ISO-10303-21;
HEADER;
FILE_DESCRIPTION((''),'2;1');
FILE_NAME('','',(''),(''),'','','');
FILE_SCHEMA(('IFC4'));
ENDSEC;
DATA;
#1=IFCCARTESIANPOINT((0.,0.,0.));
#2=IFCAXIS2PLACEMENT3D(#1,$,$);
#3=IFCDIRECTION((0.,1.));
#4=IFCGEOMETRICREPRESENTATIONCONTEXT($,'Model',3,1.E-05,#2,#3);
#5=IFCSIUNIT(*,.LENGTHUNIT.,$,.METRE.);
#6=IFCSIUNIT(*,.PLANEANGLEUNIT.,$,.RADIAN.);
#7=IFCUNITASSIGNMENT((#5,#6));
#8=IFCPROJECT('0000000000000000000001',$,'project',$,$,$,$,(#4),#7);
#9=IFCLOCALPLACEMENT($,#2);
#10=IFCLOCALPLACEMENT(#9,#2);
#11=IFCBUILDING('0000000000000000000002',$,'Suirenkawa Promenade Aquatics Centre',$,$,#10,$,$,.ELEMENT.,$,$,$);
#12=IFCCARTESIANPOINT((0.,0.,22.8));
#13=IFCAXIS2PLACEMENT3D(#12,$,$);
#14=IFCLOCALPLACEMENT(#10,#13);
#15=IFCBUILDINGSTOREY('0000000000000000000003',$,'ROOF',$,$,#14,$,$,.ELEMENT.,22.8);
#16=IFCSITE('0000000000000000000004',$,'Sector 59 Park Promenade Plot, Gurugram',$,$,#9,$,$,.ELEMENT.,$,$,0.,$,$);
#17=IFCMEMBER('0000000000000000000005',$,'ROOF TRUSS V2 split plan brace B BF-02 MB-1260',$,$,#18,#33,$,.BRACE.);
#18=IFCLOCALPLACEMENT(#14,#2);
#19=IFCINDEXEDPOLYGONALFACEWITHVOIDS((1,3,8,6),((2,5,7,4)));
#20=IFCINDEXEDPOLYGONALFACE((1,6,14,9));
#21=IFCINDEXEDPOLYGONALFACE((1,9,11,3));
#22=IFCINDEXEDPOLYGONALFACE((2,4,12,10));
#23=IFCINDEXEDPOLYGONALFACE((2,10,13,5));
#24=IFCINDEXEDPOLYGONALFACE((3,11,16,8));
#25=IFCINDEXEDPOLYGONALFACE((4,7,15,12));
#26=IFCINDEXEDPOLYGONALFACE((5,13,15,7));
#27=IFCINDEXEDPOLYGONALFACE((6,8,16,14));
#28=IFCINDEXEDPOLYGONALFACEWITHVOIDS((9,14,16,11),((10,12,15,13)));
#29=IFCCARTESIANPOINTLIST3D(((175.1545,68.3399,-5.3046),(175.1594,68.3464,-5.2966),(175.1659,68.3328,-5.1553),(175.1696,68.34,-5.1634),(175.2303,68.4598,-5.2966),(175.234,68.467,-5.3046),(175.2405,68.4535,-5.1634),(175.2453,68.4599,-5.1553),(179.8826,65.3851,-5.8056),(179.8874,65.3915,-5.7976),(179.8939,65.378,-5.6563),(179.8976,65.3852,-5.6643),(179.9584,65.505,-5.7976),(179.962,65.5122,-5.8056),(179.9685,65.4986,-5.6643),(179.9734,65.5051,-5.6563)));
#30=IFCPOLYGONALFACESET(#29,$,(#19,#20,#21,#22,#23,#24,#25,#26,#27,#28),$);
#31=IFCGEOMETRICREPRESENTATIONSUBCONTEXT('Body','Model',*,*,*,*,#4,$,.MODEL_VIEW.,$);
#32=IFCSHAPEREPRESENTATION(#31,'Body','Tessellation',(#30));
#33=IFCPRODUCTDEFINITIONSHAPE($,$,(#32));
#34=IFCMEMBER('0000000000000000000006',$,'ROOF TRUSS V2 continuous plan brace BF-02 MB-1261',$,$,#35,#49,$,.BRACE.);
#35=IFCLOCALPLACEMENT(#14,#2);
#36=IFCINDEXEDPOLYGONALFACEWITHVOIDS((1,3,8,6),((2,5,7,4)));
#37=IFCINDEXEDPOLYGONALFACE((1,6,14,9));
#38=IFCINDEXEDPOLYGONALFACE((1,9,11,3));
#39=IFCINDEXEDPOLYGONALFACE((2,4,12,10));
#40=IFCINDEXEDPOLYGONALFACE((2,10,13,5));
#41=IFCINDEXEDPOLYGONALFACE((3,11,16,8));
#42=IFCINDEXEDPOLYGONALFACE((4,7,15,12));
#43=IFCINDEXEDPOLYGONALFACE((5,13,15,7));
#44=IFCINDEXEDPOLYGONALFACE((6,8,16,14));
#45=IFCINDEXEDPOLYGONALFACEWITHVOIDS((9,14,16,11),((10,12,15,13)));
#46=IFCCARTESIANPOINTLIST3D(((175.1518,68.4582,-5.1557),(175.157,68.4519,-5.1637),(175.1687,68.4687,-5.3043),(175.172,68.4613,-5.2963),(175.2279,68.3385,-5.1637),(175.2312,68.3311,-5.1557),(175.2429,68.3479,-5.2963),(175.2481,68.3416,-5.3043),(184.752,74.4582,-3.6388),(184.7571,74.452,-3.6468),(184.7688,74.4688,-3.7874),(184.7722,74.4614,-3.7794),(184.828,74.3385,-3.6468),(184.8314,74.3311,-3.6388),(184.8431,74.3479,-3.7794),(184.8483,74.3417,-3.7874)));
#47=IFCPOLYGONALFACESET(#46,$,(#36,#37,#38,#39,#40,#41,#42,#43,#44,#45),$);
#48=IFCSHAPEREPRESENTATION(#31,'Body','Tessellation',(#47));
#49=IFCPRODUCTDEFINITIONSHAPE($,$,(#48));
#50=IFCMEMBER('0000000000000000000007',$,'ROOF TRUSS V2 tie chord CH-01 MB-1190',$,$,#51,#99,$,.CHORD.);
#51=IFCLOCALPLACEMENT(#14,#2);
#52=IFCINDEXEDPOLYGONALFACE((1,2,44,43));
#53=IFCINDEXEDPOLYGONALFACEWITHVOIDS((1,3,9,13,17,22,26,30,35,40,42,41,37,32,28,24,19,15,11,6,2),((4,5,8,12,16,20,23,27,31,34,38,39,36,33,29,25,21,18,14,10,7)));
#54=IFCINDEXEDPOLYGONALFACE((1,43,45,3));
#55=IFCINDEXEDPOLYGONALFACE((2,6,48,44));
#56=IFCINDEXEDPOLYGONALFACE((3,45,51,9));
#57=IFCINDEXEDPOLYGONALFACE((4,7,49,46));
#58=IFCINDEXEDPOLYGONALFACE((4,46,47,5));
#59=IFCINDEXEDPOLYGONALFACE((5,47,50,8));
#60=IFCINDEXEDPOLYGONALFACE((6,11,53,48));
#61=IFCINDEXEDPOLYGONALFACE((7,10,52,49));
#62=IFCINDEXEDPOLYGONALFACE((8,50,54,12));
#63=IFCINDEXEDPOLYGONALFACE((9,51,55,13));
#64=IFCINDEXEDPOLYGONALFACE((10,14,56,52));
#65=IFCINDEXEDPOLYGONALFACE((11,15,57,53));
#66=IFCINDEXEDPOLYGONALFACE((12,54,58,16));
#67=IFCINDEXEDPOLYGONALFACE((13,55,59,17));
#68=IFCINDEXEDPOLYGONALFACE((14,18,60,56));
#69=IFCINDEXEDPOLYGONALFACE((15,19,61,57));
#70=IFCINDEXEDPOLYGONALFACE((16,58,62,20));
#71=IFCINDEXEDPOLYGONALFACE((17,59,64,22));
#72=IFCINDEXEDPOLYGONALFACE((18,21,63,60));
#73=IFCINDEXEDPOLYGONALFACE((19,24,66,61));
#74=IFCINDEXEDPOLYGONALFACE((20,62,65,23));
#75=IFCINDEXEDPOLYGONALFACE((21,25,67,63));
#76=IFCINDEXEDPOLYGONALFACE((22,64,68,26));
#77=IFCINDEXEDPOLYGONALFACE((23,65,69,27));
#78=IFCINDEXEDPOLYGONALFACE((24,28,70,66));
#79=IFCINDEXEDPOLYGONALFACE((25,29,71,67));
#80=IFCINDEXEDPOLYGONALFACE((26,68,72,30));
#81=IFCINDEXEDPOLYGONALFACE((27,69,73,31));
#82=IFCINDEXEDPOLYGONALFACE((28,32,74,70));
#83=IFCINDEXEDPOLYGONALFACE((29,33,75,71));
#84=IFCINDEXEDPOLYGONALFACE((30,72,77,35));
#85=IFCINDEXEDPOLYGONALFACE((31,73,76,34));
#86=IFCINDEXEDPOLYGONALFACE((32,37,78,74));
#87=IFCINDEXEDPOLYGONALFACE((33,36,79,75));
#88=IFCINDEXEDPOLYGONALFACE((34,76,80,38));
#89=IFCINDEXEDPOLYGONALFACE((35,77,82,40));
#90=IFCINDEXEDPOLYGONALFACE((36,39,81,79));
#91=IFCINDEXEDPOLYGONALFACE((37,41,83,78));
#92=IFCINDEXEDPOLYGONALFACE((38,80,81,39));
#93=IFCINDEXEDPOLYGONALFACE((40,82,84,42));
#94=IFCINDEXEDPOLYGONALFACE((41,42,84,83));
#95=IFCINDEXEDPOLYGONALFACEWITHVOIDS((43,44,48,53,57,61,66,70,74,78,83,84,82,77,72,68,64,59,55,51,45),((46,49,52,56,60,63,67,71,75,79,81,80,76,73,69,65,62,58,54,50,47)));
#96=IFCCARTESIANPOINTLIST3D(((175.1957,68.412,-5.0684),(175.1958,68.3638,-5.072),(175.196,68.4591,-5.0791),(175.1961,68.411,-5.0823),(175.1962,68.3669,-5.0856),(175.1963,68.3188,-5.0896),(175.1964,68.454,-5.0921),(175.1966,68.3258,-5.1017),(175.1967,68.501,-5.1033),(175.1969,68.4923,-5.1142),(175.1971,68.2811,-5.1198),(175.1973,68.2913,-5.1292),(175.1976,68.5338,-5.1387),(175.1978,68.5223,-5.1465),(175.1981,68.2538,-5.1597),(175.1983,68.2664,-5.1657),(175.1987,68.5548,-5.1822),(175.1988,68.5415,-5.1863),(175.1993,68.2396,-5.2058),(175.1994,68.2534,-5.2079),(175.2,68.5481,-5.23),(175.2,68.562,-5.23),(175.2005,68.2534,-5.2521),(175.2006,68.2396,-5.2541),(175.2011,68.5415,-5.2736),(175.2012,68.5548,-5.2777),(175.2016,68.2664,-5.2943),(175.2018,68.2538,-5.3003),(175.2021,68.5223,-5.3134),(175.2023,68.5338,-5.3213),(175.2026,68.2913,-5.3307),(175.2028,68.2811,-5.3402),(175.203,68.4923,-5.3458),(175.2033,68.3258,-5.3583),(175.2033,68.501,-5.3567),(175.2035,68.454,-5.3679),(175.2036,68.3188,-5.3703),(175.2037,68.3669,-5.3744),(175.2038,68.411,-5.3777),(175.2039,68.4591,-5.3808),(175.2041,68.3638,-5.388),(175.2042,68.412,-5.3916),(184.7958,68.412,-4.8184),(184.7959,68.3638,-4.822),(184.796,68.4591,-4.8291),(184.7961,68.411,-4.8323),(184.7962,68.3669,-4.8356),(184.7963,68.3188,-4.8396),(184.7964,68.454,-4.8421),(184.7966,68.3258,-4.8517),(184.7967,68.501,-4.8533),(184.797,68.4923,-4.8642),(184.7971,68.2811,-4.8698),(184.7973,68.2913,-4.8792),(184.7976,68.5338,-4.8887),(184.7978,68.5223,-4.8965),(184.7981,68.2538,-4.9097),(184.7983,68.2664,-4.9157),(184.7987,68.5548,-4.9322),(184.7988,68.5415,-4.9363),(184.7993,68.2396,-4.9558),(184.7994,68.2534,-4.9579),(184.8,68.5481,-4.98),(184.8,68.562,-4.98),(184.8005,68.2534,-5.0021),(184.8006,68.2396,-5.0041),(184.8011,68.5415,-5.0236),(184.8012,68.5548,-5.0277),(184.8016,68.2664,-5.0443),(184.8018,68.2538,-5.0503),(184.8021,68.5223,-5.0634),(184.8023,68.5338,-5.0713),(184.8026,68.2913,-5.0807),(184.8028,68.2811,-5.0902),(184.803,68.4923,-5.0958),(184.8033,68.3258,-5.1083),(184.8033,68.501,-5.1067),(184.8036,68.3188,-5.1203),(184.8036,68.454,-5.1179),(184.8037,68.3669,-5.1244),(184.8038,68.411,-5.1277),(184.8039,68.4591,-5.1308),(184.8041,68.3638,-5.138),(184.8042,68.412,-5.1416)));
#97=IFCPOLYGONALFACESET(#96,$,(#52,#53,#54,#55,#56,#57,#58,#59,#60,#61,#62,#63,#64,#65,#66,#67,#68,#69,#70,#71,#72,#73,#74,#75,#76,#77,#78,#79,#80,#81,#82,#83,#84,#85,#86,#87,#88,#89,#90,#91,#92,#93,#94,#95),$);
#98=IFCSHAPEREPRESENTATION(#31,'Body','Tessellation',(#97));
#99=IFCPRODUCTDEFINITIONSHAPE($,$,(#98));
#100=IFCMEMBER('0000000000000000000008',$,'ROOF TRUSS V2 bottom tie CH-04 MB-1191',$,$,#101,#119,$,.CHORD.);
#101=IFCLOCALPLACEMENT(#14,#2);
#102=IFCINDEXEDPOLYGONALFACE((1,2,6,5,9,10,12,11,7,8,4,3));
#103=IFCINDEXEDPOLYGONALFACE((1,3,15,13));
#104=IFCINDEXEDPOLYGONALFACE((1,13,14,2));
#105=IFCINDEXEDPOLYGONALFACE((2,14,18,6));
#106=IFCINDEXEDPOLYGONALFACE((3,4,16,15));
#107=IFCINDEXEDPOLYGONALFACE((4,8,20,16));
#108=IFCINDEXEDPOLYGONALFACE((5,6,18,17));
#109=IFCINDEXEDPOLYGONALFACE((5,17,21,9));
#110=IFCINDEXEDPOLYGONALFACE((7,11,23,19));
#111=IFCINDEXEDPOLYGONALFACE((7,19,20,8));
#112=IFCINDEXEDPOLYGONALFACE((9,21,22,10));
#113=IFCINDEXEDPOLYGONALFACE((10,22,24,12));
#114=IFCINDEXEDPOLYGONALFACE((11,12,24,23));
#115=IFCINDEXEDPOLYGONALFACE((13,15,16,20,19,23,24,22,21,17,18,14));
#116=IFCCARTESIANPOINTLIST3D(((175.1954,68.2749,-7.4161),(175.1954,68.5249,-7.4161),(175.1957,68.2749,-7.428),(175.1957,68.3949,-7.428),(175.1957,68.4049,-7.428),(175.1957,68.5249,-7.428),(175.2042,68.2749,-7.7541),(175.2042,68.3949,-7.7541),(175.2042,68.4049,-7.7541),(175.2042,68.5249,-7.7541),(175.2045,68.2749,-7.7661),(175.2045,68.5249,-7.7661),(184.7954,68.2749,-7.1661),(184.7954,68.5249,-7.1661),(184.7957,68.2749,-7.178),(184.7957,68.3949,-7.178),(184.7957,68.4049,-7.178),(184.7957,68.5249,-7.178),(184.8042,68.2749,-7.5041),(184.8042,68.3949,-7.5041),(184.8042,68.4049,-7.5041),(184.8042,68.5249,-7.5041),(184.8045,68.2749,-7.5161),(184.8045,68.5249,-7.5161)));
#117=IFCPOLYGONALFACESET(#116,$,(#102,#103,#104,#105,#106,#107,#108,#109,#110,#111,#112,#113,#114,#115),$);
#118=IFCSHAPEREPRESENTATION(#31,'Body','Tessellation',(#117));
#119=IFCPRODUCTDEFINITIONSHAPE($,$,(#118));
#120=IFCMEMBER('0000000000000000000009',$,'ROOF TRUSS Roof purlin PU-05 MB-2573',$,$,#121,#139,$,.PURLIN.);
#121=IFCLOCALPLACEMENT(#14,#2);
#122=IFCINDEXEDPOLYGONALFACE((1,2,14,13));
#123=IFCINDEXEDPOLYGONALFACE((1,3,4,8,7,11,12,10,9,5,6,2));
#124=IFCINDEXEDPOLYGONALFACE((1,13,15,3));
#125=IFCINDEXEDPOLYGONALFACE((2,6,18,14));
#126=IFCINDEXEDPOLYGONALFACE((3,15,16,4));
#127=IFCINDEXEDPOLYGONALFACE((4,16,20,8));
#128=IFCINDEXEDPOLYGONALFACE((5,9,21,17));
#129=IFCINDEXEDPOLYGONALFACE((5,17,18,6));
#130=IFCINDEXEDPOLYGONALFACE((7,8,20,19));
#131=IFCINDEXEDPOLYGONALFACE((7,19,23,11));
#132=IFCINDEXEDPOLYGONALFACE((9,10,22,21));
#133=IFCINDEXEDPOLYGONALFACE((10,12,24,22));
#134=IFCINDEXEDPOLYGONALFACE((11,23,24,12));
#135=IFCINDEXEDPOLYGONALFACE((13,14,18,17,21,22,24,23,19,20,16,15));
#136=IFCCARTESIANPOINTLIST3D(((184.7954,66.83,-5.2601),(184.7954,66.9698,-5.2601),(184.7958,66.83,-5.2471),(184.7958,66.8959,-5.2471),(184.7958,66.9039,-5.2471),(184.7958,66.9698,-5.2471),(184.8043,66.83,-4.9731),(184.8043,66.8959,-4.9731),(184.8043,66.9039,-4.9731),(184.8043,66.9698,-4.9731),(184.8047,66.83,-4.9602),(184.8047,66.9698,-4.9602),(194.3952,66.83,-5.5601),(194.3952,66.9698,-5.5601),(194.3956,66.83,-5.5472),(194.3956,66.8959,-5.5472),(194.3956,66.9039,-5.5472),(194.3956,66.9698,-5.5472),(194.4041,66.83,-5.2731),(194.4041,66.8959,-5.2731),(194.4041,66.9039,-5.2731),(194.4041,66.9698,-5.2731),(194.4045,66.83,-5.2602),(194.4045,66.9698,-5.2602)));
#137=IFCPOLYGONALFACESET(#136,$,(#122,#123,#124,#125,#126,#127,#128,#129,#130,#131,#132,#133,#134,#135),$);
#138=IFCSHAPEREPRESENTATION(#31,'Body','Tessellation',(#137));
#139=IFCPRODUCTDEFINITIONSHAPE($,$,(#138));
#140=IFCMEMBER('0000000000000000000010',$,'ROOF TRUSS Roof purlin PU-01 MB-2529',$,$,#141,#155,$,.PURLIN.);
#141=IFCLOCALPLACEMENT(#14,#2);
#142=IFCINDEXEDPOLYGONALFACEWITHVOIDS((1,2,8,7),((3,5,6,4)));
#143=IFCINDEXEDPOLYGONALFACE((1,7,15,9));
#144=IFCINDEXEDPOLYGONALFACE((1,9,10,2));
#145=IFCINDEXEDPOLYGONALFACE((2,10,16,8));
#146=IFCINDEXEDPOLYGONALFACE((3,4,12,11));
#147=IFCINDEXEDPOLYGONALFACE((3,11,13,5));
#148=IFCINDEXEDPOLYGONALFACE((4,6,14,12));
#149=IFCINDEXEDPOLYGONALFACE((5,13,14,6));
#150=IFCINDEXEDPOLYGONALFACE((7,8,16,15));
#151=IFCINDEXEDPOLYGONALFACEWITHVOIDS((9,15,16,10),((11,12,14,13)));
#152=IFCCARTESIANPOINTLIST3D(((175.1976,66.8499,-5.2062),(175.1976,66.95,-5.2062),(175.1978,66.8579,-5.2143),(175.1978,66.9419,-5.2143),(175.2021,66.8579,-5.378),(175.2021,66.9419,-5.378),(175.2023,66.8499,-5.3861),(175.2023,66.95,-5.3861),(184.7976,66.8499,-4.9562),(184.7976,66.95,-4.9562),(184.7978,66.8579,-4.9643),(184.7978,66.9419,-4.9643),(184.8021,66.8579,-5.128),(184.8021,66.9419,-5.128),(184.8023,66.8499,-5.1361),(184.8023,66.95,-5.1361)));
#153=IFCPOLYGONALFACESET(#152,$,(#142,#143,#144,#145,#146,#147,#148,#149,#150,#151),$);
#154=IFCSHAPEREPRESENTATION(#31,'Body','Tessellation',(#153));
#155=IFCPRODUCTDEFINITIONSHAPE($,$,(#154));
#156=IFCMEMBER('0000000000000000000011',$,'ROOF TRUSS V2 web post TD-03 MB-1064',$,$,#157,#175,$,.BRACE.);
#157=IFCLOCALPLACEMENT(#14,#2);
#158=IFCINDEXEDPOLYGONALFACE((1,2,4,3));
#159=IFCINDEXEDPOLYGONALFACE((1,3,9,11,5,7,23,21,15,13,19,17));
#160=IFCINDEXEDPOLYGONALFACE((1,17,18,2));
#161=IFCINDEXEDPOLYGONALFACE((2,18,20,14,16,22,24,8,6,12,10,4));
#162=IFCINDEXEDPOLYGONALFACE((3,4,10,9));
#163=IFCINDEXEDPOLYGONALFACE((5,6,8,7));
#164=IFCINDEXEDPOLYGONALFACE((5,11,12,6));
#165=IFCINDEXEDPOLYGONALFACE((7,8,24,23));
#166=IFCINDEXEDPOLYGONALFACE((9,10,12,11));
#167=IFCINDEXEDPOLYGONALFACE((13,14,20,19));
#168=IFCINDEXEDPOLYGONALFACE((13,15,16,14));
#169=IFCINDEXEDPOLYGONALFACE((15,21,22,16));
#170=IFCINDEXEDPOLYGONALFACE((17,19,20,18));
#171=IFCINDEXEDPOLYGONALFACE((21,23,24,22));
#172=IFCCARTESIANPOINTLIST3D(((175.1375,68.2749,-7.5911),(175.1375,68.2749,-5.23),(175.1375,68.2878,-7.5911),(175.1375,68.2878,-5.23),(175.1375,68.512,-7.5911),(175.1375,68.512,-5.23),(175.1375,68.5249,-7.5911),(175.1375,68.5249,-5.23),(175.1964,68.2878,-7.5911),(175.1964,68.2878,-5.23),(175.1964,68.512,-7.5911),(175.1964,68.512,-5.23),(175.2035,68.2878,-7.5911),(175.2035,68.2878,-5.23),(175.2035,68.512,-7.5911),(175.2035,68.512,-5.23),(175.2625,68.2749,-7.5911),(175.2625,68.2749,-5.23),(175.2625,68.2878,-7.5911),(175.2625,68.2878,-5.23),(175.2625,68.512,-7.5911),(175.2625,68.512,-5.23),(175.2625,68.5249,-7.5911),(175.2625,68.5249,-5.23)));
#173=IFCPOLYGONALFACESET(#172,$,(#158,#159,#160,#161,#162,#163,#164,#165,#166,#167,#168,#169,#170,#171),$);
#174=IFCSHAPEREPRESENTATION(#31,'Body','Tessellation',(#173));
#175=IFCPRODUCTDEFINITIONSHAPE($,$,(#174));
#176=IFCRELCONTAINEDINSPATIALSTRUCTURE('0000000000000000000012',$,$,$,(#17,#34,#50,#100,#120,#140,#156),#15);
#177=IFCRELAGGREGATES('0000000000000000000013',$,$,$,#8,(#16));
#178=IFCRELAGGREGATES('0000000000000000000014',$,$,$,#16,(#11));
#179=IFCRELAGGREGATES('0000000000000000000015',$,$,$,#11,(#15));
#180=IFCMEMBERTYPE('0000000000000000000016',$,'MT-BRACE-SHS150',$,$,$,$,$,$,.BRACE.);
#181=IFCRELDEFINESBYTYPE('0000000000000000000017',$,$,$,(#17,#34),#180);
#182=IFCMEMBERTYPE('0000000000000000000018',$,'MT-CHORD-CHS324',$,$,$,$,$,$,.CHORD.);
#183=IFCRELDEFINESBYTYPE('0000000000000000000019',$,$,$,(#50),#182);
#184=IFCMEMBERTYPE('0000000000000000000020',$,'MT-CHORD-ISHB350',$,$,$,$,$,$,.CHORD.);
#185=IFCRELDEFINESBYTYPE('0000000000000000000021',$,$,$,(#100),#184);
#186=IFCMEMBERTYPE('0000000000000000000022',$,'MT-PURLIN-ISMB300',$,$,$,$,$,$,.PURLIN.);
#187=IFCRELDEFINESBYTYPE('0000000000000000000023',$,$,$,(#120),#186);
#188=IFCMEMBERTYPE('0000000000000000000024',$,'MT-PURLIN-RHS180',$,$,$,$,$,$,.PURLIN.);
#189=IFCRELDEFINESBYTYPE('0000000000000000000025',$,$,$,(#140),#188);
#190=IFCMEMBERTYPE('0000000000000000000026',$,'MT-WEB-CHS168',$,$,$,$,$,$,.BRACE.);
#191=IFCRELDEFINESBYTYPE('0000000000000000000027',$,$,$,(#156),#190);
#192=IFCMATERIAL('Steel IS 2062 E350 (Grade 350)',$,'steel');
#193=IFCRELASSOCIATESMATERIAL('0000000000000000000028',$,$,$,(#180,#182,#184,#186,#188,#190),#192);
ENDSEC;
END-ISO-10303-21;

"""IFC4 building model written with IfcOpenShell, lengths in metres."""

from ifc_helpers import new_model, si_unit, direction, frame, origin, origin_2d, place, context, subcontext, project, spatial, hollow_rectangle, hollow_circle, i_section, extrude, material, material_profile, profile_set, type_object, element, save


model = new_model("IFC4")

# Units and contexts
model_context = context("Model", 3, precision=1e-05, world=origin(), true_north=direction((0.0, 1.0)))
body_context = subcontext(model_context, "Body", "Model", "MODEL_VIEW")
ifc_project = project(units=[si_unit("LENGTHUNIT", "METRE"), si_unit("PLANEANGLEUNIT", "RADIAN")], contexts=[model_context])

# Site, building, storey
site_placement = place(None, origin())
site = spatial("IfcSite", under=ifc_project, at=site_placement, Name="Sector 59 Park Promenade Plot, Gurugram", CompositionType="ELEMENT", RefElevation=0.0)
building_placement = place(site_placement, origin())
building = spatial("IfcBuilding", under=site, at=building_placement, Name="Suirenkawa Promenade Aquatics Centre", CompositionType="ELEMENT")
storey_placement = place(building_placement, frame((0.0, 0.0, 22.8)))
storey = spatial("IfcBuildingStorey", under=building, at=storey_placement, Name="ROOF", CompositionType="ELEMENT", Elevation=22.8)

# Shared definitions
ifc_material = material(Name="Steel IS 2062 E350 (Grade 350)", Category="steel")

# Members
ifc_material_profile_1 = material_profile(ifc_material, hollow_rectangle(XDim=0.1499, YDim=0.1499, WallThickness=0.0081, at=origin_2d()), Name="SHS 150x150x8", Category="steel")
ifc_profile_set_1 = profile_set([ifc_material_profile_1], Name="Steel IS 2062 E350 (Grade 350)")
member_type_1 = type_object("IfcMemberType", Name="MT-BRACE-SHS150", PredefinedType="BRACE", material=ifc_profile_set_1)
member_1_placement = place(storey_placement, frame((179.928, 65.4451, -5.731), z_axis=(-0.84461, 0.527849, 0.089494), x_axis=(-0.529975, -0.848013, 0.0)))
element("IfcMember", 1, at=member_1_placement, inside=storey, type_object=member_type_1, Name="ROOF TRUSS V2 split plan brace B BF-02 MB-1260", PredefinedType="BRACE", context=body_context, shape_type="SweptSolid", body=[
    extrude(hollow_rectangle(XDim=0.1499, YDim=0.1499, WallThickness=0.0081, at=origin_2d()), origin(), (0.0, 0.0, 1.0), 5.5979),
])
member_2_placement = place(storey_placement, frame((175.2, 68.3999, -5.23), z_axis=(0.84049, 0.525301, 0.1328), x_axis=(-0.529995, 0.848001, 0.0)))
element("IfcMember", 2, at=member_2_placement, inside=storey, type_object=member_type_1, Name="ROOF TRUSS V2 continuous plan brace BF-02 MB-1261", PredefinedType="BRACE", context=body_context, shape_type="SweptSolid", body=[
    extrude(hollow_rectangle(XDim=0.1499, YDim=0.1499, WallThickness=0.0081, at=origin_2d()), origin(), (0.0, 0.0, 1.0), 11.4221),
])
ifc_material_profile_2 = material_profile(ifc_material, hollow_circle(Radius=0.1621, WallThickness=0.0139, at=origin_2d()), Name="CHS 324x14", Category="steel")
ifc_profile_set_2 = profile_set([ifc_material_profile_2], Name="Steel IS 2062 E350 (Grade 350)")
member_type_2 = type_object("IfcMemberType", Name="MT-CHORD-CHS324", PredefinedType="CHORD", material=ifc_profile_set_2)
member_3_placement = place(storey_placement, frame((175.2, 68.3999, -5.23), z_axis=(0.999661, 0.0, 0.026033), x_axis=(0.0, 1.0, 0.0)))
element("IfcMember", 3, at=member_3_placement, inside=storey, type_object=member_type_2, Name="ROOF TRUSS V2 tie chord CH-01 MB-1190", PredefinedType="CHORD", context=body_context, shape_type="SweptSolid", body=[
    extrude(hollow_circle(Radius=0.1621, WallThickness=0.0139, at=origin_2d()), origin(), (0.0, 0.0, 1.0), 9.6033),
])
ifc_material_profile_3 = material_profile(ifc_material, i_section(OverallWidth=0.25, OverallDepth=0.3501, WebThickness=0.01, FlangeThickness=0.012, at=origin_2d()), Name="ISHB 350", Category="steel")
ifc_profile_set_3 = profile_set([ifc_material_profile_3], Name="Steel IS 2062 E350 (Grade 350)")
member_type_3 = type_object("IfcMemberType", Name="MT-CHORD-ISHB350", PredefinedType="CHORD", material=ifc_profile_set_3)
member_4_placement = place(storey_placement, frame((175.2, 68.3999, -7.5911), z_axis=(0.999661, 0.0, 0.026033), x_axis=(0.0, 1.0, 0.0)))
element("IfcMember", 4, at=member_4_placement, inside=storey, type_object=member_type_3, Name="ROOF TRUSS V2 bottom tie CH-04 MB-1191", PredefinedType="CHORD", context=body_context, shape_type="SweptSolid", body=[
    extrude(i_section(OverallWidth=0.25, OverallDepth=0.3501, WebThickness=0.01, FlangeThickness=0.012, at=origin_2d()), origin(), (0.0, 0.0, 1.0), 9.6033),
])
ifc_material_profile_4 = material_profile(ifc_material, i_section(OverallWidth=0.1399, OverallDepth=0.3, WebThickness=0.0081, FlangeThickness=0.0129, at=origin_2d()), Name="ISMB 300", Category="steel")
ifc_profile_set_4 = profile_set([ifc_material_profile_4], Name="Steel IS 2062 E350 (Grade 350)")
member_type_4 = type_object("IfcMemberType", Name="MT-PURLIN-ISMB300", PredefinedType="PURLIN", material=ifc_profile_set_4)
member_5_placement = place(storey_placement, frame((184.8, 66.8999, -5.1101), z_axis=(0.999512, 0.0, -0.03124), x_axis=(0.0, 1.0, 0.0)))
element("IfcMember", 5, at=member_5_placement, inside=storey, type_object=member_type_4, Name="ROOF TRUSS Roof purlin PU-05 MB-2573", PredefinedType="PURLIN", context=body_context, shape_type="SweptSolid", body=[
    extrude(i_section(OverallWidth=0.1399, OverallDepth=0.3, WebThickness=0.0081, FlangeThickness=0.0129, at=origin_2d()), origin(), (0.0, 0.0, 1.0), 9.6045),
])
ifc_material_profile_5 = material_profile(ifc_material, hollow_rectangle(XDim=0.1001, YDim=0.1799, WallThickness=0.0081, at=origin_2d()), Name="RHS 180x100x8", Category="steel")
ifc_profile_set_5 = profile_set([ifc_material_profile_5], Name="Steel IS 2062 E350 (Grade 350)")
member_type_5 = type_object("IfcMemberType", Name="MT-PURLIN-RHS180", PredefinedType="PURLIN", material=ifc_profile_set_5)
member_6_placement = place(storey_placement, frame((175.2, 66.8999, -5.2961), z_axis=(0.999661, 0.0, 0.026033), x_axis=(0.0, 1.0, 0.0)))
element("IfcMember", 6, at=member_6_placement, inside=storey, type_object=member_type_5, Name="ROOF TRUSS Roof purlin PU-01 MB-2529", PredefinedType="PURLIN", context=body_context, shape_type="SweptSolid", body=[
    extrude(hollow_rectangle(XDim=0.1001, YDim=0.1799, WallThickness=0.0081, at=origin_2d()), origin(), (0.0, 0.0, 1.0), 9.6033),
])
ifc_material_profile_6 = material_profile(ifc_material, i_section(OverallWidth=0.125, OverallDepth=0.25, WebThickness=0.0071, FlangeThickness=0.0129, at=origin_2d()), Name="ISMB 250", Category="steel")
ifc_profile_set_6 = profile_set([ifc_material_profile_6], Name="Steel IS 2062 E350 (Grade 350)")
member_type_6 = type_object("IfcMemberType", Name="MT-WEB-CHS168", PredefinedType="BRACE", material=ifc_profile_set_6)
member_7_placement = place(storey_placement, frame((175.2, 68.3999, -7.5911), z_axis=(0.0, 0.0, 1.0), x_axis=(1.0, 0.0, 0.0)))
element("IfcMember", 7, at=member_7_placement, inside=storey, type_object=member_type_6, Name="ROOF TRUSS V2 web post TD-03 MB-1064", PredefinedType="BRACE", context=body_context, shape_type="SweptSolid", body=[
    extrude(i_section(OverallWidth=0.125, OverallDepth=0.25, WebThickness=0.0071, FlangeThickness=0.0129, at=origin_2d()), origin(), (0.0, 0.0, 1.0), 2.3611),
])

save(model, "model.ifc")
